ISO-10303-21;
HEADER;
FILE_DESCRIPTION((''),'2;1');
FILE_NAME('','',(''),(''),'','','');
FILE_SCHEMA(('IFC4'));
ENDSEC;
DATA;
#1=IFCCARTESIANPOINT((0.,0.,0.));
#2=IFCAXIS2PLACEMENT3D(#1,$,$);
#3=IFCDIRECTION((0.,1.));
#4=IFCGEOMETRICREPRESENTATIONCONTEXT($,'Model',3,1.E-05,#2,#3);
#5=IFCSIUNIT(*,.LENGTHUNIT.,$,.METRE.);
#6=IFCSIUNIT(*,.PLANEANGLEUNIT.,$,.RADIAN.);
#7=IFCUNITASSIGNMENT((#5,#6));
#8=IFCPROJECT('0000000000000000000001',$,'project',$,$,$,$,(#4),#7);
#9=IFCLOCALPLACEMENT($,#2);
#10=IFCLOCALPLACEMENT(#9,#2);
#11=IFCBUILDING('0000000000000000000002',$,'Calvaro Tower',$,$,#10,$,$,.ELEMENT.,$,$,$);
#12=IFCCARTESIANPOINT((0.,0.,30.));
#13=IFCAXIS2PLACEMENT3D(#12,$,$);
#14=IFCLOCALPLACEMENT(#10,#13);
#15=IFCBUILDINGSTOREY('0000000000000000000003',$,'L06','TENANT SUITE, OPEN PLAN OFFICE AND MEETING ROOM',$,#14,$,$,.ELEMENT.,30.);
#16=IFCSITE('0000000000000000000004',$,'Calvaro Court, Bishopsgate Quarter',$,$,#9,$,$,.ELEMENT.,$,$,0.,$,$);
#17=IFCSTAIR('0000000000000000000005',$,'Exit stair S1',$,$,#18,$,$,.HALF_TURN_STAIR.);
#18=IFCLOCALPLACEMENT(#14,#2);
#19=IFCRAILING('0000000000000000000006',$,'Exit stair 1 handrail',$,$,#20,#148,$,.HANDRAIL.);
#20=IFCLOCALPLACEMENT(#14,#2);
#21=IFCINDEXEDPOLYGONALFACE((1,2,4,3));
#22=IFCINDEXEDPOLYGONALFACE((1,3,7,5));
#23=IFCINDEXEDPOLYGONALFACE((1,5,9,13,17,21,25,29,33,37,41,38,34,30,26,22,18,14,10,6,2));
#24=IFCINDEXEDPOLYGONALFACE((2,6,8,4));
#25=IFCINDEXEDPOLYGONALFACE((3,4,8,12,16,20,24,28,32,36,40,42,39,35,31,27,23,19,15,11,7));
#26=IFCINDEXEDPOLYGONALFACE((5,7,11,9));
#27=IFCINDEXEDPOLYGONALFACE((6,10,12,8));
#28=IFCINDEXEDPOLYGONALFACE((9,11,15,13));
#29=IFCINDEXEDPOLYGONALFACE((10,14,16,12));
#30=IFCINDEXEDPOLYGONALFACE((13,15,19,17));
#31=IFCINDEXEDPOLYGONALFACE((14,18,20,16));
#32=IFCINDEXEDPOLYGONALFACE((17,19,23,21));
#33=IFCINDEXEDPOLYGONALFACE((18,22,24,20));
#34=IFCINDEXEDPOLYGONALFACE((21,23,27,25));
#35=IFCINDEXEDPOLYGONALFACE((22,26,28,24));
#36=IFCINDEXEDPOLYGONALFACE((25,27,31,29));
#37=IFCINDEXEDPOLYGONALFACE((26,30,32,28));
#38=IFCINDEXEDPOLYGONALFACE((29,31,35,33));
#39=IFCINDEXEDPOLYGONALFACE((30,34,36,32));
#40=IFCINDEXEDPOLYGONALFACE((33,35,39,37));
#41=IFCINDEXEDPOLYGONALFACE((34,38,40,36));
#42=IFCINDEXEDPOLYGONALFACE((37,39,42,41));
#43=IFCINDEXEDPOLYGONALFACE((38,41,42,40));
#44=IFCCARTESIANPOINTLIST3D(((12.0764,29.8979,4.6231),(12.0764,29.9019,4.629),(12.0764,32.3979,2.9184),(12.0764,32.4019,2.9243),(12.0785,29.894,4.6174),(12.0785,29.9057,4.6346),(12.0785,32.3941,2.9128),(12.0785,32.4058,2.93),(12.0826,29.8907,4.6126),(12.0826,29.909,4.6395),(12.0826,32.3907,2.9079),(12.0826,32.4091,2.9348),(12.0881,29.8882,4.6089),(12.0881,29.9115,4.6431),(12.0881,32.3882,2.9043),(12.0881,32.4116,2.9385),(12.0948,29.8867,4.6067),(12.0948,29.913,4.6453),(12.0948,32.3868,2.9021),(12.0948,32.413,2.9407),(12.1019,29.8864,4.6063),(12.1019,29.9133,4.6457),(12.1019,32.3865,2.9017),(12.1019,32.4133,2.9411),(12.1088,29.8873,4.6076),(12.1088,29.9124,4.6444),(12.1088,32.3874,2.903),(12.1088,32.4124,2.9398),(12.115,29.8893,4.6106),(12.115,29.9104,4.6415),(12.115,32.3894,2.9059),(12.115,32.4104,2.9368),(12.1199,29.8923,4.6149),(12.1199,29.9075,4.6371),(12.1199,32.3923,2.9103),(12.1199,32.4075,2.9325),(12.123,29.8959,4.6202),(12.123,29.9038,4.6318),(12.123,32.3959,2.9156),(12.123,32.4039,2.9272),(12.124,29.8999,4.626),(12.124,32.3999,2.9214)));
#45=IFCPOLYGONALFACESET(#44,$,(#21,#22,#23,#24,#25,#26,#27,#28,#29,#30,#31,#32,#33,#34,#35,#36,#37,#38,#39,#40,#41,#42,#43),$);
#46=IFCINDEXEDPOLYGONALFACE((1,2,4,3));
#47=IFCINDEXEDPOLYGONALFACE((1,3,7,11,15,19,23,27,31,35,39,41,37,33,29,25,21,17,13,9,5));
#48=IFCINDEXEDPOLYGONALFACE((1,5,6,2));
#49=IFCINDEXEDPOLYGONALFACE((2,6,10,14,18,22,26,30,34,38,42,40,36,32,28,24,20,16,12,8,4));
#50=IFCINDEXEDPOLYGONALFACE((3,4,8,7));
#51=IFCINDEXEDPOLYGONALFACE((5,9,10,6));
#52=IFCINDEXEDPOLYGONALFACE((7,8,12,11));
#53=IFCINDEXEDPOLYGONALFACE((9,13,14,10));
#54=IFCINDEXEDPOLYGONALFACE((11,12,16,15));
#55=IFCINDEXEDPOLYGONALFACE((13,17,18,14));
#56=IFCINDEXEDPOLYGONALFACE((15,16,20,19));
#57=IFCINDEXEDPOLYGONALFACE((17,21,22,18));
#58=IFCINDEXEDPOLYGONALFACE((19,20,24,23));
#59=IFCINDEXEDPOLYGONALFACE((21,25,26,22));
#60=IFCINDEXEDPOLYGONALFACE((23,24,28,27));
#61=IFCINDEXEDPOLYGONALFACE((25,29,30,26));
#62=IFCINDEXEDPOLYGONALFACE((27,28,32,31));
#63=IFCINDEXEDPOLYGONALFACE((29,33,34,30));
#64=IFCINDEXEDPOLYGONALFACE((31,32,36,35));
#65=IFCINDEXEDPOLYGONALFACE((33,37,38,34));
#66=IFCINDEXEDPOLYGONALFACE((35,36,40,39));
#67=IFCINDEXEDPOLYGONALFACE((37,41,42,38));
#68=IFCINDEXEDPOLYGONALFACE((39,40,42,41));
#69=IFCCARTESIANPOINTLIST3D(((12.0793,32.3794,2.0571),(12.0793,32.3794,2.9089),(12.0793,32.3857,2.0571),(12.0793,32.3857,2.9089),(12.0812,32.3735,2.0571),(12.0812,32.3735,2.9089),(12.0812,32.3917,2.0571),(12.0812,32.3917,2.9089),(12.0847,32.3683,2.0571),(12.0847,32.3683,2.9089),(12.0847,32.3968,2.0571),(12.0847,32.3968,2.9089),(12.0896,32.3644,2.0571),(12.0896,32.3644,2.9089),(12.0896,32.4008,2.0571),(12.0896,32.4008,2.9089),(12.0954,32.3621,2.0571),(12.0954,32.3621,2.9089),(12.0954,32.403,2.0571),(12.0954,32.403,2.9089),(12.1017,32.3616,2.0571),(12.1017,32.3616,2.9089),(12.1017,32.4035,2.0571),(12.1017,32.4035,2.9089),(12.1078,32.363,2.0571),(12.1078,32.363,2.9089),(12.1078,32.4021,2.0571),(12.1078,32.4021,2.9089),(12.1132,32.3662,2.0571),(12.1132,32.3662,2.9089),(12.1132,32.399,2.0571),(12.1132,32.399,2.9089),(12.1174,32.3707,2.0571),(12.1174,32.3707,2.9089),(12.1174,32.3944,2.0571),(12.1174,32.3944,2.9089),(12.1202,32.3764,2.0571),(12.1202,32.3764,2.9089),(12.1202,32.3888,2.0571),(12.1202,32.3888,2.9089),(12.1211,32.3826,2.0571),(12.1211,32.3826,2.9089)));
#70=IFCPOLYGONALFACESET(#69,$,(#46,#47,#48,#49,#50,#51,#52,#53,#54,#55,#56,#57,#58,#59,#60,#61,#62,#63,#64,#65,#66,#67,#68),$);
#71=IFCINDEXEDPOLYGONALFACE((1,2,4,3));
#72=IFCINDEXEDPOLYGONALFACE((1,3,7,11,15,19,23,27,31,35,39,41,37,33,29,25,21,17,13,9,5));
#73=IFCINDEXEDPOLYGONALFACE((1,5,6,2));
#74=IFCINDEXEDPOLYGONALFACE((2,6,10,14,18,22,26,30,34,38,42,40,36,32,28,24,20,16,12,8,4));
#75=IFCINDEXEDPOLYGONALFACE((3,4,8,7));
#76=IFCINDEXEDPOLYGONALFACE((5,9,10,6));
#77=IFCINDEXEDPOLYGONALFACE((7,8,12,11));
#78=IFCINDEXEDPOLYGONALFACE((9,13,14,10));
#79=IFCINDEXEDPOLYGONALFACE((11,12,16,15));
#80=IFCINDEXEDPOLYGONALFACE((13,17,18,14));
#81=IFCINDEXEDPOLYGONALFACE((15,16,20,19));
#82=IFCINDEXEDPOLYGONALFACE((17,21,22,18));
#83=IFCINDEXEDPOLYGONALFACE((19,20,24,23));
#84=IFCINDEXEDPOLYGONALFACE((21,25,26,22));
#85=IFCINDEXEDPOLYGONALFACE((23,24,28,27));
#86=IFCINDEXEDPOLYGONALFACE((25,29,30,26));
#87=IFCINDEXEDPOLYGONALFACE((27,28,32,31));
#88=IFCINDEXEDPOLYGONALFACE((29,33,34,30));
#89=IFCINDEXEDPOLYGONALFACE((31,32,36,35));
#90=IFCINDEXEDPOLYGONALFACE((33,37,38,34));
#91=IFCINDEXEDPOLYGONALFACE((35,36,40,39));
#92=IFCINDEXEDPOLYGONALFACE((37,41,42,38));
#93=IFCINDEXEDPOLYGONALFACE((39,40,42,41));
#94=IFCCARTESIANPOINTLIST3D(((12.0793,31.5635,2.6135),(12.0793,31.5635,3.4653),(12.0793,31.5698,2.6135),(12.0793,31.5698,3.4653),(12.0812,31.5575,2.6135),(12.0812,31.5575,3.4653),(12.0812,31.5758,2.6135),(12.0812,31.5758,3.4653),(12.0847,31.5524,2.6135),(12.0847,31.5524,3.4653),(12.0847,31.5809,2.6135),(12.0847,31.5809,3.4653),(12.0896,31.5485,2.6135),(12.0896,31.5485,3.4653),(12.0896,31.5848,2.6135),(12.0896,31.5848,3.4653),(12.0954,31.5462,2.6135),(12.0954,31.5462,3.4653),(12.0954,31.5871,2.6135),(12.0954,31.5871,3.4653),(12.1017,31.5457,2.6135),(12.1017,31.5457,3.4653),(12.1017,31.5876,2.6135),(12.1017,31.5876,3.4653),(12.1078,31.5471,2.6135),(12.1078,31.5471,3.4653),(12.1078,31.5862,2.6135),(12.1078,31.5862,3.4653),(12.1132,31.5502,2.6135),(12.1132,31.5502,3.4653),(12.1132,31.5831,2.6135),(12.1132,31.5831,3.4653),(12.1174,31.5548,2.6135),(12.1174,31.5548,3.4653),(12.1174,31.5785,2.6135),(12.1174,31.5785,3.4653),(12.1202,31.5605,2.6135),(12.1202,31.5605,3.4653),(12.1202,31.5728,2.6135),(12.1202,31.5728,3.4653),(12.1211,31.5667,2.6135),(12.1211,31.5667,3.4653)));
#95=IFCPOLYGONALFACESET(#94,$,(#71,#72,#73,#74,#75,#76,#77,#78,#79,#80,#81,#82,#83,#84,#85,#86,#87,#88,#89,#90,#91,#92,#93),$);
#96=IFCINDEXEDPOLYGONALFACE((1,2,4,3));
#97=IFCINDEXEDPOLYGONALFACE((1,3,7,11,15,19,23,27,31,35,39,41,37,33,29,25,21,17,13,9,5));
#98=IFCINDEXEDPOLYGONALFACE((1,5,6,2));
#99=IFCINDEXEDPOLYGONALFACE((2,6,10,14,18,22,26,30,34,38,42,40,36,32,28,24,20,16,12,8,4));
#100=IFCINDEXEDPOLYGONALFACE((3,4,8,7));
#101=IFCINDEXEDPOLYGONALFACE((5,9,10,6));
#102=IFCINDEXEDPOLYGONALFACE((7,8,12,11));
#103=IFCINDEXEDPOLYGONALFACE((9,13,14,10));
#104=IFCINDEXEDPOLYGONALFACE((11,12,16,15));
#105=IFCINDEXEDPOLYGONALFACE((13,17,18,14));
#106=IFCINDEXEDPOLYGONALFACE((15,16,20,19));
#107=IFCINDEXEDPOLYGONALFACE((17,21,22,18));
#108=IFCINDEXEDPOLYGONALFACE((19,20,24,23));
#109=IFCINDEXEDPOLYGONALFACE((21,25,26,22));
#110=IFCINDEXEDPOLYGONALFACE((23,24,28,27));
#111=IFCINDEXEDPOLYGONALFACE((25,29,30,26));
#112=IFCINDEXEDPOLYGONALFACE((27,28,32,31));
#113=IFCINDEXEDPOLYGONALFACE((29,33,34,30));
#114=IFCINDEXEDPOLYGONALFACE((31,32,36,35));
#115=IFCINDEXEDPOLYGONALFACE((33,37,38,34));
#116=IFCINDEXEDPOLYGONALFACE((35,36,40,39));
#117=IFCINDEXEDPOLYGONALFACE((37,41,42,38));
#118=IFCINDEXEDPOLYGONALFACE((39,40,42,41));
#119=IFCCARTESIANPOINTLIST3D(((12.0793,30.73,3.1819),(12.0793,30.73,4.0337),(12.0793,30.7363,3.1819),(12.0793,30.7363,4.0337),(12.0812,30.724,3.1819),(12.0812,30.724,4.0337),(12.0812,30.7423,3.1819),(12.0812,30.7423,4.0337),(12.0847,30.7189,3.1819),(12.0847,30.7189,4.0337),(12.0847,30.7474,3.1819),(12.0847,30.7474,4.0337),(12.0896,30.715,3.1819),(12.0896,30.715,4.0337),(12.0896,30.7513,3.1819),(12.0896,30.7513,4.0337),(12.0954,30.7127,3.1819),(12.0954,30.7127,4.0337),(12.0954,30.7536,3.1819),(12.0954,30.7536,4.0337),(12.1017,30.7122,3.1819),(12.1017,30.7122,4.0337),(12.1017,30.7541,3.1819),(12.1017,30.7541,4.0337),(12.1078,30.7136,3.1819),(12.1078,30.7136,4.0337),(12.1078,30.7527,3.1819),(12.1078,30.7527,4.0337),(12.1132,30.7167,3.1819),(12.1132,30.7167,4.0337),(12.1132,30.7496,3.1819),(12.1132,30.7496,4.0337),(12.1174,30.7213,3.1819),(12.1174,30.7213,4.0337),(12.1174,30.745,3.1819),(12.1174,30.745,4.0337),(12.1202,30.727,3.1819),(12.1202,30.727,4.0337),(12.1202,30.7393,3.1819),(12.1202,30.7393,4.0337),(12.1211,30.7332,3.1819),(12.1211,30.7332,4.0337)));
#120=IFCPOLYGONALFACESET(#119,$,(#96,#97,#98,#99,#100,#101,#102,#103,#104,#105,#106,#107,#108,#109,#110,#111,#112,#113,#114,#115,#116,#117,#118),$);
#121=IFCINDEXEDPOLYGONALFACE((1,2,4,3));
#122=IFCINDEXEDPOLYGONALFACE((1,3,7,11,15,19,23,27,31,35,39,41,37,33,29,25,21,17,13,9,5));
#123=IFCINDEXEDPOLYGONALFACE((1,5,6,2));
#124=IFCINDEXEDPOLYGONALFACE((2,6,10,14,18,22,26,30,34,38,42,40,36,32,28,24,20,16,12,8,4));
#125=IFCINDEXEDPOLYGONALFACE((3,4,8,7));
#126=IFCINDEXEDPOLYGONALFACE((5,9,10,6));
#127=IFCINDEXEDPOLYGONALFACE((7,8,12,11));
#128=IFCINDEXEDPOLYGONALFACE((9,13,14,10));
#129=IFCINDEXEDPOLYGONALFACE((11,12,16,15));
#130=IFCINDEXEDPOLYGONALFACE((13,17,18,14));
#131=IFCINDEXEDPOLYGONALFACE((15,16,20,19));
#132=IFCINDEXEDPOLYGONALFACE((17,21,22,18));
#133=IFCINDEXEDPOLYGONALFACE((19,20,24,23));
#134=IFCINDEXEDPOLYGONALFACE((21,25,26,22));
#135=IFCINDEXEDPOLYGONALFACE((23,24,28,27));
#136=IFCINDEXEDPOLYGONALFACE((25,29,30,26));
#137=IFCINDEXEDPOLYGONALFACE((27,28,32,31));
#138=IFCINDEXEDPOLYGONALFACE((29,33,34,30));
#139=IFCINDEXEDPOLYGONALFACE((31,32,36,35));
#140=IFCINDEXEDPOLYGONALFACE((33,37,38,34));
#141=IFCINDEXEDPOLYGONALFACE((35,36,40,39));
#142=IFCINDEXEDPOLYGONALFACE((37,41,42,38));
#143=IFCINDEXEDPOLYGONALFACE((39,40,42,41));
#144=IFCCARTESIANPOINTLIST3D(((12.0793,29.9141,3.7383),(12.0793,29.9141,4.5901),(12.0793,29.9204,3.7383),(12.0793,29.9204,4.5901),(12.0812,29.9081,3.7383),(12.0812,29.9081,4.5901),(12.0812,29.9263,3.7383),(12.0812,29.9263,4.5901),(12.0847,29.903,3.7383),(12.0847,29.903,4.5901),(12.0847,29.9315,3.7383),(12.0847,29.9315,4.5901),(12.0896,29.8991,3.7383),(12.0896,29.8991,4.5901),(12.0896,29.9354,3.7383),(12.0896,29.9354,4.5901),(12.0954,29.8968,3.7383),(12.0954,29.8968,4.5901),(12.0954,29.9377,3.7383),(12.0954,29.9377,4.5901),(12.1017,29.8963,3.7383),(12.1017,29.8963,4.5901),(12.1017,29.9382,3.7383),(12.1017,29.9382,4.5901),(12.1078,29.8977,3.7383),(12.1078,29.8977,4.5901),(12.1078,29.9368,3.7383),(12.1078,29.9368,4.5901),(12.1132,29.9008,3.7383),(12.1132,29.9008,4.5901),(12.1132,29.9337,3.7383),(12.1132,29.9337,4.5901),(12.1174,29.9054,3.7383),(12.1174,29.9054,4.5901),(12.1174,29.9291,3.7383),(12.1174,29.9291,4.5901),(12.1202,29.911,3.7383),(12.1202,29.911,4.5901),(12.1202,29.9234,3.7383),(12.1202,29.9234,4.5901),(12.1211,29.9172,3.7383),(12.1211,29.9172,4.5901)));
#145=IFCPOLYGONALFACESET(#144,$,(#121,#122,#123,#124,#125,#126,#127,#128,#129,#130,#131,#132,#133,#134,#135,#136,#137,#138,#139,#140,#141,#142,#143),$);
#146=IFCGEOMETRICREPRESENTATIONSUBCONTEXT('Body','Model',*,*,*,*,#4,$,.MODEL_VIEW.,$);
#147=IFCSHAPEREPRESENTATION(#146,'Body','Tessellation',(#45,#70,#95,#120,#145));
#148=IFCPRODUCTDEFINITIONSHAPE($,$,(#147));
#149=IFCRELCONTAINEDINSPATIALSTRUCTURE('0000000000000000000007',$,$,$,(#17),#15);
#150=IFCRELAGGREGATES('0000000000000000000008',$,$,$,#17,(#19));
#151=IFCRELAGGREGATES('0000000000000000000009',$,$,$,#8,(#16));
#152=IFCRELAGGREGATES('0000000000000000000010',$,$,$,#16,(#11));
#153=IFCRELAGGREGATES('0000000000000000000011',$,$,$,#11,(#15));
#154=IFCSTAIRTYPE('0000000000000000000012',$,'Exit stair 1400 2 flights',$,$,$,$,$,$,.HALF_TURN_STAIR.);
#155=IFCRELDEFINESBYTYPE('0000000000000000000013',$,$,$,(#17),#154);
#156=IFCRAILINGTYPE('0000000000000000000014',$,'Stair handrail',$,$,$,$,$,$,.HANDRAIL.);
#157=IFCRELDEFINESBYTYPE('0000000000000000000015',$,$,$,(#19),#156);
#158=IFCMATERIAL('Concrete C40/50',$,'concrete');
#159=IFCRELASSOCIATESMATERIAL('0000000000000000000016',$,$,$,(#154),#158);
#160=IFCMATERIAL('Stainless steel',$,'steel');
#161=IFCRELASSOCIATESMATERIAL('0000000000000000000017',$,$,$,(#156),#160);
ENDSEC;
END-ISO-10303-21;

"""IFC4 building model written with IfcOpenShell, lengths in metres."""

from ifc_helpers import new_model, si_unit, direction, frame, origin, origin_2d, place, context, subcontext, project, spatial, circle, extrude, material, type_object, element, aggregate, save


model = new_model("IFC4")

# Units and contexts
model_context = context("Model", 3, precision=1e-05, world=origin(), true_north=direction((0.0, 1.0)))
body_context = subcontext(model_context, "Body", "Model", "MODEL_VIEW")
ifc_project = project(units=[si_unit("LENGTHUNIT", "METRE"), si_unit("PLANEANGLEUNIT", "RADIAN")], contexts=[model_context])

# Site, building, storey
site_placement = place(None, origin())
site = spatial("IfcSite", under=ifc_project, at=site_placement, Name="Calvaro Court, Bishopsgate Quarter", CompositionType="ELEMENT", RefElevation=0.0)
building_placement = place(site_placement, origin())
building = spatial("IfcBuilding", under=site, at=building_placement, Name="Calvaro Tower", CompositionType="ELEMENT")
storey_placement = place(building_placement, frame((0.0, 0.0, 30.0)))
storey = spatial("IfcBuildingStorey", under=building, at=storey_placement, Name="L06", Description="TENANT SUITE, OPEN PLAN OFFICE AND MEETING ROOM", CompositionType="ELEMENT", Elevation=30.0)

# Stair, railing
ifc_material_1 = material(Name="Concrete C40/50", Category="concrete")
stair_type = type_object("IfcStairType", Name="Exit stair 1400 2 flights", PredefinedType="HALF_TURN_STAIR", material=ifc_material_1)
stair_placement = place(storey_placement, origin())
stair = element("IfcStair", 1, at=stair_placement, inside=storey, type_object=stair_type, Name="Exit stair S1", PredefinedType="HALF_TURN_STAIR")
ifc_material_2 = material(Name="Stainless steel", Category="steel")
railing_type = type_object("IfcRailingType", Name="Stair handrail", PredefinedType="HANDRAIL", material=ifc_material_2)
railing_1_placement = place(storey_placement, frame((12.1001, 32.3999, 2.0454)))
railing_1 = element("IfcRailing", 2, at=railing_1_placement, type_object=railing_type, Name="Exit stair 1 handrail", PredefinedType="HANDRAIL", context=body_context, shape_type="SweptSolid", body=[
    extrude(circle(Radius=0.0239, at=origin_2d()), frame((0.0, 0.0, 0.876), z_axis=(0.0, -0.826221, 0.563347), x_axis=(1.0, 0.0, 0.0)), (0.0, 0.0, 1.0), 3.0259),
    extrude(circle(Radius=0.021, at=origin_2d()), frame((0.0, -0.0173, 0.0117)), (0.0, 0.0, 1.0), 0.8518),
    extrude(circle(Radius=0.021, at=origin_2d()), frame((0.0, -0.8333, 0.5681)), (0.0, 0.0, 1.0), 0.8518),
    extrude(circle(Radius=0.021, at=origin_2d()), frame((0.0, -1.6667, 1.1365)), (0.0, 0.0, 1.0), 0.8518),
    extrude(circle(Radius=0.021, at=origin_2d()), frame((0.0, -2.4827, 1.6929)), (0.0, 0.0, 1.0), 0.8518),
])
aggregate(stair, [railing_1])

save(model, "model.ifc")
